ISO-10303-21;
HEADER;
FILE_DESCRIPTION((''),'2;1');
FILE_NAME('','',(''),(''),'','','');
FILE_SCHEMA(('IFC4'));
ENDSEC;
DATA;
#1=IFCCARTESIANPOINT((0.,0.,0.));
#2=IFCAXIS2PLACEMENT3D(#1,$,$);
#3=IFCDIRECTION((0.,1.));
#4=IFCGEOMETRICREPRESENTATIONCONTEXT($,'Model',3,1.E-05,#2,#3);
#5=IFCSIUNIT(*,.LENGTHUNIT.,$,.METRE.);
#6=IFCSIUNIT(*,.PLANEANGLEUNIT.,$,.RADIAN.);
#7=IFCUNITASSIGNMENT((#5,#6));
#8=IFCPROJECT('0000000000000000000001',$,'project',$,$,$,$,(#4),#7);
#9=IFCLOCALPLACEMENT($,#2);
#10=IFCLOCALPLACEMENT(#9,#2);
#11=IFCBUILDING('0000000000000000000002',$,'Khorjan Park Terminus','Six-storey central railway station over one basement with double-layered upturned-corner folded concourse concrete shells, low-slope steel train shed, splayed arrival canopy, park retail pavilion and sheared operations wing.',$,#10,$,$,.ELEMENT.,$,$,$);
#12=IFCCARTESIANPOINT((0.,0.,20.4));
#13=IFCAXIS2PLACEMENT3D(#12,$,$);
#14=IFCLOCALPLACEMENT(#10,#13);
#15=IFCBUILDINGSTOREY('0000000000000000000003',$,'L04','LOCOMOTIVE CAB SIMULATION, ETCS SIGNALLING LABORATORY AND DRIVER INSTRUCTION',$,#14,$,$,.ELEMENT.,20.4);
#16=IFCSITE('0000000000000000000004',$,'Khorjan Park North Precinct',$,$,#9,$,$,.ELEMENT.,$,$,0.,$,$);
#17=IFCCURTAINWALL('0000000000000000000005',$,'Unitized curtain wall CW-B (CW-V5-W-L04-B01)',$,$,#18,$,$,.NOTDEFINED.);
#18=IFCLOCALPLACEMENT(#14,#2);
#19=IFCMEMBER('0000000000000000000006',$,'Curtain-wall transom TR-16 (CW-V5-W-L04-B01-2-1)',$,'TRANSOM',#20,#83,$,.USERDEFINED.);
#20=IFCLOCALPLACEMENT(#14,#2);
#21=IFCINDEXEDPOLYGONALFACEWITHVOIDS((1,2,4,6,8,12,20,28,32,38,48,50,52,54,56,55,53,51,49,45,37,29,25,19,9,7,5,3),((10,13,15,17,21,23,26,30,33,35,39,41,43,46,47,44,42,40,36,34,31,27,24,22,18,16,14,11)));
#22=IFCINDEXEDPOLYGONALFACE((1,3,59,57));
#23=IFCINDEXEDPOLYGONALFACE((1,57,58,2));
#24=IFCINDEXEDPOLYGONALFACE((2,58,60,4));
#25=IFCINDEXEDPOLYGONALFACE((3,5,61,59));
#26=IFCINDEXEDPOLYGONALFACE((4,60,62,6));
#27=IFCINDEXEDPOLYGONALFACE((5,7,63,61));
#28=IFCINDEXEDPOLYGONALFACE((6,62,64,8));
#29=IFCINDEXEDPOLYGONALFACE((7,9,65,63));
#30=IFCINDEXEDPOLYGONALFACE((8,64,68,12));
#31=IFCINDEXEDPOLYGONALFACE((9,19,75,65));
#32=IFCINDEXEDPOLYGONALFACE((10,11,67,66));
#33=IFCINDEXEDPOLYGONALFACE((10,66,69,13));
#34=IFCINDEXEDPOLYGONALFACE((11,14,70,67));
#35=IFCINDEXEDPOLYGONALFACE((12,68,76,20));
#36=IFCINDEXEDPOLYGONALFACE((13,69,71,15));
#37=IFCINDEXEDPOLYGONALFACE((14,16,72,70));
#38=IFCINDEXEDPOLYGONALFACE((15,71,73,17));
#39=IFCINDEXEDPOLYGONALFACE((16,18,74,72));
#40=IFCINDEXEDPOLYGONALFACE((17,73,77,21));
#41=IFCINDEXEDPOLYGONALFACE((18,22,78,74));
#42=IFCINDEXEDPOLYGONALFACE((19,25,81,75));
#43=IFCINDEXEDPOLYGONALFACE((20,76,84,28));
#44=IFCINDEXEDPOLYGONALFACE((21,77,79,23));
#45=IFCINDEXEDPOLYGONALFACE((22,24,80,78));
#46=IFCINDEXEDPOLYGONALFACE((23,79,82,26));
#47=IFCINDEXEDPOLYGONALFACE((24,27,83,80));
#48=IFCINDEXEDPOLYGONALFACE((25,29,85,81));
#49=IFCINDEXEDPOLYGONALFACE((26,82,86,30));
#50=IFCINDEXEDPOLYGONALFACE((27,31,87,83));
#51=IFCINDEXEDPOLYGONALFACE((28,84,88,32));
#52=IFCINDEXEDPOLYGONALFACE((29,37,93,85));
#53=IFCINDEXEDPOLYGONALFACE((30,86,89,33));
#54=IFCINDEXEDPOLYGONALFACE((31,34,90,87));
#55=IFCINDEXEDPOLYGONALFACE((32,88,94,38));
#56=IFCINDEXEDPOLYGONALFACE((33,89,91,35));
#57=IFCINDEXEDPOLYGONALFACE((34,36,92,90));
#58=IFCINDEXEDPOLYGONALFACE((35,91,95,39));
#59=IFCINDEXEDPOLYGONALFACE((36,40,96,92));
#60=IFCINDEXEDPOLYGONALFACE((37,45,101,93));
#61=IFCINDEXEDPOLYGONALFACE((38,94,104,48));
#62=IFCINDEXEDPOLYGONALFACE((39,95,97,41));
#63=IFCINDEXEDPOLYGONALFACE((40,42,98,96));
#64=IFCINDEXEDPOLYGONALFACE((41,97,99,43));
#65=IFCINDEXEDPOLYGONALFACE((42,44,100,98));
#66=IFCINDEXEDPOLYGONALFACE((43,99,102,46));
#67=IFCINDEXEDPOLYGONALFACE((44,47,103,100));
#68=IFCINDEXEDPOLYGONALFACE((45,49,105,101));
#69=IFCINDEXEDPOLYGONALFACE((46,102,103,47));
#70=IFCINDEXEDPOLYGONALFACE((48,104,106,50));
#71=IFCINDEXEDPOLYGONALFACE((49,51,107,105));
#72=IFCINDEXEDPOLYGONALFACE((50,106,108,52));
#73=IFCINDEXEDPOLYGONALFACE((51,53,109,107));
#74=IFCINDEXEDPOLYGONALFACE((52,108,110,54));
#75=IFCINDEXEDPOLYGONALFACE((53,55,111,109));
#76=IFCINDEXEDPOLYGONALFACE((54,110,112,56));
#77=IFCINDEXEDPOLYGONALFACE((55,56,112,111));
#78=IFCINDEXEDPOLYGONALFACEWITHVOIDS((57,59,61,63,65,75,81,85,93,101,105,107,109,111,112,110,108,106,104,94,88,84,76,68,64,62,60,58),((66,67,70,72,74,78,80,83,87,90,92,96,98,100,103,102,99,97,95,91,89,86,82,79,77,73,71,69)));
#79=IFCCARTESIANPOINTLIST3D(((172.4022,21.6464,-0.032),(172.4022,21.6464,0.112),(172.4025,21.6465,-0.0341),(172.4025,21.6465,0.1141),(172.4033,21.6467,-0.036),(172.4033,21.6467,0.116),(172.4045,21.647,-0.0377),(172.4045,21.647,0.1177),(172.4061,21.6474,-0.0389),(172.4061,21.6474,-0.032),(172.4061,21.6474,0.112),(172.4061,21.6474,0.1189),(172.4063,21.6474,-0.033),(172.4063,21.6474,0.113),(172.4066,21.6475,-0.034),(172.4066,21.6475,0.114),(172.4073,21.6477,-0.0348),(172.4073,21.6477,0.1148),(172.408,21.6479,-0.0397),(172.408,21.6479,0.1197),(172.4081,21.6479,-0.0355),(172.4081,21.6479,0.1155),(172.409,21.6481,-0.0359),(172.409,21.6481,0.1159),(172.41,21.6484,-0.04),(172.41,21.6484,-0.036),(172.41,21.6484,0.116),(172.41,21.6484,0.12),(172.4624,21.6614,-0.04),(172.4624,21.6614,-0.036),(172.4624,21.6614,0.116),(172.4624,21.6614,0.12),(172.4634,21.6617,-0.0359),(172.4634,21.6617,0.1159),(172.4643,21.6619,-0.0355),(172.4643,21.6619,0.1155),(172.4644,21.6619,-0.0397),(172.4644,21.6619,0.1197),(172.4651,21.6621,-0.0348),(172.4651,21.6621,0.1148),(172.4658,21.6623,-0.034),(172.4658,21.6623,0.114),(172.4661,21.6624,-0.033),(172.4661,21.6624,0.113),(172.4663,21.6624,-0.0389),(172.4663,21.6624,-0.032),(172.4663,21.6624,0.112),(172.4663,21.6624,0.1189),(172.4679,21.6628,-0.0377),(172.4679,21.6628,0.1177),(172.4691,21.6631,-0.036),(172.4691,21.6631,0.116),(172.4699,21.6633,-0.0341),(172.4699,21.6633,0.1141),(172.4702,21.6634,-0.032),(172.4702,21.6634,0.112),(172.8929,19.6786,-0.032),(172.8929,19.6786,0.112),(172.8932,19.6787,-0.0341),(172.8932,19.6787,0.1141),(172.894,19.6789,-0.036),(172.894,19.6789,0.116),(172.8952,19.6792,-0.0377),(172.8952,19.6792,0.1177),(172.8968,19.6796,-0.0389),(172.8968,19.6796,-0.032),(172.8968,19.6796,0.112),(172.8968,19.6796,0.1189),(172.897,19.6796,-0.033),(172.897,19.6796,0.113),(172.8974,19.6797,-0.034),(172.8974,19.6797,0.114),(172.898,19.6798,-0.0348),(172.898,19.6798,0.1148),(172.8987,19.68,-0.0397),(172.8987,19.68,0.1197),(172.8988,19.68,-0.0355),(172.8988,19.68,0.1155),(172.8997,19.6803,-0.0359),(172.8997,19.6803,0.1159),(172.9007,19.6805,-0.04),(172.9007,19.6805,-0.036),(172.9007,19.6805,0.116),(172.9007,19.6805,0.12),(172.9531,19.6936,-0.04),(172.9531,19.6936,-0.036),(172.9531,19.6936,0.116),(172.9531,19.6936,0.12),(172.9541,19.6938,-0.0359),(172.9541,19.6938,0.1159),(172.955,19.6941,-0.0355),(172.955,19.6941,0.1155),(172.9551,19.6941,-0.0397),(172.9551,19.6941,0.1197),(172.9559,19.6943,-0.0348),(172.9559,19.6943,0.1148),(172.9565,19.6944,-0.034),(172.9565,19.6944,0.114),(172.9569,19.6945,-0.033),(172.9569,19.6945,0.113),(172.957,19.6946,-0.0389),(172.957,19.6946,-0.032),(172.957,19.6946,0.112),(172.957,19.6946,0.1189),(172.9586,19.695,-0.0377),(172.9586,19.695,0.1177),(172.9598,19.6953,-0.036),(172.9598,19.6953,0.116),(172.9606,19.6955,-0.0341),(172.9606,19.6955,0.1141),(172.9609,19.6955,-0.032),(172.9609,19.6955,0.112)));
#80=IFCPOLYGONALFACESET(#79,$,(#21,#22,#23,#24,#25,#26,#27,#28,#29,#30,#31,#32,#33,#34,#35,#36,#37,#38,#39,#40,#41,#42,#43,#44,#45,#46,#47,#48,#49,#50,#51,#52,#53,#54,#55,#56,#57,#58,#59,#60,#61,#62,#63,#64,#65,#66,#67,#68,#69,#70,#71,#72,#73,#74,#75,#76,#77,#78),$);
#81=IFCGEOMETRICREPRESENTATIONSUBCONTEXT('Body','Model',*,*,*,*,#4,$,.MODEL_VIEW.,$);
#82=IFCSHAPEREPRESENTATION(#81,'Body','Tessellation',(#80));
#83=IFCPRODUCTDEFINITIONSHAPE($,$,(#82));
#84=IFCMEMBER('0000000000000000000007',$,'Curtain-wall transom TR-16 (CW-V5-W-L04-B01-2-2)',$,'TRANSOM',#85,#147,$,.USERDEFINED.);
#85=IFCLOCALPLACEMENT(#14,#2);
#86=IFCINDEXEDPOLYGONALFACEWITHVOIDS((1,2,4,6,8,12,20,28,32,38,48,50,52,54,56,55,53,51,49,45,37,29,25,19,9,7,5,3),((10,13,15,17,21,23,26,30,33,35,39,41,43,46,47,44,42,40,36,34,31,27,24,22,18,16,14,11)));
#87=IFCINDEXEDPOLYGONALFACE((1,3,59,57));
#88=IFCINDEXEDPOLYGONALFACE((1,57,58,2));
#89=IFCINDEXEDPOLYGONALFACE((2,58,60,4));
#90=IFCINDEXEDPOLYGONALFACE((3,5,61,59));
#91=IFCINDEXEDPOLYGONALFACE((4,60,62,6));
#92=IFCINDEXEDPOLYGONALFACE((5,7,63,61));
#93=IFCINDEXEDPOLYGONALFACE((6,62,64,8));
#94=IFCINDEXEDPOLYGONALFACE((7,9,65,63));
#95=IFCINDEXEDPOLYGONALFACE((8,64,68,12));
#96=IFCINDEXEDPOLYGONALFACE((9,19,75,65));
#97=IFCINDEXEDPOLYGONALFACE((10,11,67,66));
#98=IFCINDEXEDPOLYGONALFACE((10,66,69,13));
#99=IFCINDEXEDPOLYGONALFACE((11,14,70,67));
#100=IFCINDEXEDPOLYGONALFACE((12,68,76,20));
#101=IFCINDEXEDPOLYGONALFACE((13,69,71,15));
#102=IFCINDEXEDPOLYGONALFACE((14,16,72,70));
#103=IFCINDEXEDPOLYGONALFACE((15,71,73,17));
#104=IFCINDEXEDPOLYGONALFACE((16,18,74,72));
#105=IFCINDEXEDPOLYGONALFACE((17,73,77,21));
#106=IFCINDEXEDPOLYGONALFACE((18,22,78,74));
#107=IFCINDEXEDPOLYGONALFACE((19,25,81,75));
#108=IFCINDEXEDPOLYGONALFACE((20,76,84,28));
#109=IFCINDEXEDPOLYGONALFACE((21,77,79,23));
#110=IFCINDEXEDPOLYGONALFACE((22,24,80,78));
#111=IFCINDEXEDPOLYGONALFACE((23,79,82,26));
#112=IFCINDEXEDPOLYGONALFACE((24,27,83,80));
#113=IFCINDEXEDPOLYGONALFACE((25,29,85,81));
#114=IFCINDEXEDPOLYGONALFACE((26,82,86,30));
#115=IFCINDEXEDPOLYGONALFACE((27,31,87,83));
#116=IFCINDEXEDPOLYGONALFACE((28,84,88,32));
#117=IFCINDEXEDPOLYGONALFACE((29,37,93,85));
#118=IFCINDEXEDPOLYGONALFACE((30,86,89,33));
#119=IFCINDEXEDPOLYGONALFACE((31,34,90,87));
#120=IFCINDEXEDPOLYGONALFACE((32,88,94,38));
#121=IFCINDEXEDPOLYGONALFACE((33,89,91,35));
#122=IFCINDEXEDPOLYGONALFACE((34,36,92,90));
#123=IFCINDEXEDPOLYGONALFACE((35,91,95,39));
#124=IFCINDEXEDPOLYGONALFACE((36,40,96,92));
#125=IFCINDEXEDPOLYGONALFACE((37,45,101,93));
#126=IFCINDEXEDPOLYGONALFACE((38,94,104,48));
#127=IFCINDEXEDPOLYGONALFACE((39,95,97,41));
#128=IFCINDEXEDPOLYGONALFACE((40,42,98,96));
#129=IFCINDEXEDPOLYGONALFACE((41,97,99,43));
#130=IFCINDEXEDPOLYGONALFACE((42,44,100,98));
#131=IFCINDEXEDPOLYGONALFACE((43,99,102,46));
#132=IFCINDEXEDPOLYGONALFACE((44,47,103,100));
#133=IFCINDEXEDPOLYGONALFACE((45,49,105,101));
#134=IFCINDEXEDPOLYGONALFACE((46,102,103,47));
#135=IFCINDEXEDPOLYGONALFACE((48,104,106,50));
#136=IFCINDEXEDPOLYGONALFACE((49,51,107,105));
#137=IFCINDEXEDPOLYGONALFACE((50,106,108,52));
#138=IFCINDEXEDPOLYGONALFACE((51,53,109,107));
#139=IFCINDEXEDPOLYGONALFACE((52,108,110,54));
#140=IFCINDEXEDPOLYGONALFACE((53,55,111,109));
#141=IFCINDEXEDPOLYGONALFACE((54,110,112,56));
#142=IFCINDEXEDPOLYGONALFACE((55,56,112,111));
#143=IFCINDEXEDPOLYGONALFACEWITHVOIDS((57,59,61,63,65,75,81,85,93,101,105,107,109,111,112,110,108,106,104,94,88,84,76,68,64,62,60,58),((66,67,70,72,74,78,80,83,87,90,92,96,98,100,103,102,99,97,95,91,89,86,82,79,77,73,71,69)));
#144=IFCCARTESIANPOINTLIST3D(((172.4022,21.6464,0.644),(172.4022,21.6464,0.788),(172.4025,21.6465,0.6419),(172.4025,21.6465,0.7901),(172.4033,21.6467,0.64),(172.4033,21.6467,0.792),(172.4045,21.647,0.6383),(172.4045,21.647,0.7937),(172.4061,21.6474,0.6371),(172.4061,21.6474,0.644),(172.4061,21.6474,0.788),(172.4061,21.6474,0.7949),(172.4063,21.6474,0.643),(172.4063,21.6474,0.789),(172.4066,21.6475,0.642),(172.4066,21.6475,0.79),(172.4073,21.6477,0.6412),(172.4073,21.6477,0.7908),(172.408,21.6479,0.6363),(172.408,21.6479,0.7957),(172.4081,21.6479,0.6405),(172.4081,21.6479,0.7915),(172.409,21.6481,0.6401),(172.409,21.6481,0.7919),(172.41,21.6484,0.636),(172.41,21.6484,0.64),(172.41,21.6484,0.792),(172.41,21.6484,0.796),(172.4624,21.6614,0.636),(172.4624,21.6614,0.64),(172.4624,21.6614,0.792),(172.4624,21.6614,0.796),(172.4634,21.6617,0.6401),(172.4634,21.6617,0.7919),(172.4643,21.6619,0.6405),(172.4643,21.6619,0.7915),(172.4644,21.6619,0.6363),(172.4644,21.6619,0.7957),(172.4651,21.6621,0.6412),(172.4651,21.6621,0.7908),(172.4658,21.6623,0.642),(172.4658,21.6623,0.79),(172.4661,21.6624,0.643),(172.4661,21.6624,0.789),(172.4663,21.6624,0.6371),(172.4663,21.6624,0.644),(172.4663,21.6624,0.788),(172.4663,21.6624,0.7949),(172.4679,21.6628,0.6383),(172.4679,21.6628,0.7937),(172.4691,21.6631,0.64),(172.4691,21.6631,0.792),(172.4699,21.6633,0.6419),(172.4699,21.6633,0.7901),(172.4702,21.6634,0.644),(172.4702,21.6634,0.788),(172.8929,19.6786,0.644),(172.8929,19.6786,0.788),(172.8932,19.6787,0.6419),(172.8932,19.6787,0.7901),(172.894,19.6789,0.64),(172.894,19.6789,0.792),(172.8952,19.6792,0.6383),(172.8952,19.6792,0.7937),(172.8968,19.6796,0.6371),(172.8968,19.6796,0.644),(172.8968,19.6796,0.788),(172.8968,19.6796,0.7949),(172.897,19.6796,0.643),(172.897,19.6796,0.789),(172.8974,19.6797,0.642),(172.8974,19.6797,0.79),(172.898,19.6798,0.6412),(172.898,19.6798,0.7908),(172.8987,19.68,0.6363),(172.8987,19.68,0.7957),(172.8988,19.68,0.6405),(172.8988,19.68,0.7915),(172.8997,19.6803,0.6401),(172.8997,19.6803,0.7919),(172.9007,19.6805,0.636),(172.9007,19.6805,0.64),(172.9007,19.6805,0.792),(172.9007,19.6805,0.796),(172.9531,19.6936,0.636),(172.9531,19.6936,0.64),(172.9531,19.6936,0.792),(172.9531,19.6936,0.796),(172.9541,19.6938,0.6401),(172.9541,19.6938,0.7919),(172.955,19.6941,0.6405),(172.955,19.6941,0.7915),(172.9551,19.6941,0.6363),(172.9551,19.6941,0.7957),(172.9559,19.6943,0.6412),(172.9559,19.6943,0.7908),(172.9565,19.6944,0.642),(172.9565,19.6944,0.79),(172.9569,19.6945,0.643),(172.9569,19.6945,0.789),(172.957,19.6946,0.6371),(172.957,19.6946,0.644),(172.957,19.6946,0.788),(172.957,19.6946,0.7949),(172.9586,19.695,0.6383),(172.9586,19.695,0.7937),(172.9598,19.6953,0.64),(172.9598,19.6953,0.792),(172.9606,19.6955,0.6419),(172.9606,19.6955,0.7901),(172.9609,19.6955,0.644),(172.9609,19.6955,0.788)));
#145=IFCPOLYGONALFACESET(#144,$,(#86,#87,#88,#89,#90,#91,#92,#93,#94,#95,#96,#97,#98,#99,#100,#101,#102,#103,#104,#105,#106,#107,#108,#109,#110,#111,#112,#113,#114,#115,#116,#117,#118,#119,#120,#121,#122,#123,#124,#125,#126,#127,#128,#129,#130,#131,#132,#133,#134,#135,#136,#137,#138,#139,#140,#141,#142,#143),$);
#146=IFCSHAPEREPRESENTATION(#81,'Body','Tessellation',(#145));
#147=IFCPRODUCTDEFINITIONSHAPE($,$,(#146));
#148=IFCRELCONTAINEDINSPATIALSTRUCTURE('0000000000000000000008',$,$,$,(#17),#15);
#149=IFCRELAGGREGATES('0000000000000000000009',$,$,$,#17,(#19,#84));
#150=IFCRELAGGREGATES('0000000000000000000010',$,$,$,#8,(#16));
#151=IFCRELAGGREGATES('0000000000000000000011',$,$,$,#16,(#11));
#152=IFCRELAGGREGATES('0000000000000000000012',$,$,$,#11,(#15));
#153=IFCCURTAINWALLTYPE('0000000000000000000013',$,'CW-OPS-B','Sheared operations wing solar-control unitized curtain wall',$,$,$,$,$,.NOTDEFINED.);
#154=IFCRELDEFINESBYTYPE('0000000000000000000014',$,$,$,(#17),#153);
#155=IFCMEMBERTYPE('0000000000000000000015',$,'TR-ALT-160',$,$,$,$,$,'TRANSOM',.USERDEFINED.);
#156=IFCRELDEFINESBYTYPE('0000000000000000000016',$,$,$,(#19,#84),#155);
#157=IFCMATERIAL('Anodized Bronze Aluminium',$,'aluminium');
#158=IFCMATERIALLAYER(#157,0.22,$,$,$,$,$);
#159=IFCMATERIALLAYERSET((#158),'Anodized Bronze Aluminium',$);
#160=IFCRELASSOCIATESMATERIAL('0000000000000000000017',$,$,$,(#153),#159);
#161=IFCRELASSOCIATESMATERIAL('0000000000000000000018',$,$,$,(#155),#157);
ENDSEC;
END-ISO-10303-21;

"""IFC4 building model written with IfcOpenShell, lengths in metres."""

from ifc_helpers import new_model, si_unit, direction, frame, origin, origin_2d, place, context, subcontext, project, spatial, hollow_rectangle, extrude, material, layer, layer_set, material_profile, profile_set, type_object, element, aggregate, save


model = new_model("IFC4")

# Units and contexts
model_context = context("Model", 3, precision=1e-05, world=origin(), true_north=direction((0.0, 1.0)))
body_context = subcontext(model_context, "Body", "Model", "MODEL_VIEW")
ifc_project = project(units=[si_unit("LENGTHUNIT", "METRE"), si_unit("PLANEANGLEUNIT", "RADIAN")], contexts=[model_context])

# Site, building, storey
site_placement = place(None, origin())
site = spatial("IfcSite", under=ifc_project, at=site_placement, Name="Khorjan Park North Precinct", CompositionType="ELEMENT", RefElevation=0.0)
building_placement = place(site_placement, origin())
building = spatial("IfcBuilding", under=site, at=building_placement, Name="Khorjan Park Terminus", Description="Six-storey central railway station over one basement with double-layered upturned-corner folded concourse concrete shells, low-slope steel train shed, splayed arrival canopy, park retail pavilion and sheared operations wing.", CompositionType="ELEMENT")
storey_placement = place(building_placement, frame((0.0, 0.0, 20.4)))
storey = spatial("IfcBuildingStorey", under=building, at=storey_placement, Name="L04", Description="LOCOMOTIVE CAB SIMULATION, ETCS SIGNALLING LABORATORY AND DRIVER INSTRUCTION", CompositionType="ELEMENT", Elevation=20.4)

# Shared definitions
ifc_material_1 = material(Name="Anodized Bronze Aluminium", Category="aluminium")
ifc_layer_1 = layer(ifc_material_1, 0.22)
ifc_layer_set_1 = layer_set([ifc_layer_1], Name="Anodized Bronze Aluminium")
curtain_wall_type = type_object("IfcCurtainWallType", Name="CW-OPS-B", Description="Sheared operations wing solar-control unitized curtain wall", PredefinedType="NOTDEFINED", material=ifc_layer_set_1)

# Curtain wall, members
curtain_wall_1_placement = place(storey_placement, origin())
curtain_wall_1 = element("IfcCurtainWall", 1, at=curtain_wall_1_placement, inside=storey, type_object=curtain_wall_type, Name="Unitized curtain wall CW-B (CW-V5-W-L04-B01)", PredefinedType="NOTDEFINED")
ifc_material_profile_1 = material_profile(ifc_material_1, hollow_rectangle(XDim=0.07, YDim=0.16, WallThickness=0.004, InnerFilletRadius=0.004, OuterFilletRadius=0.008, at=origin_2d()), Name="ALT 70x160x4")
ifc_profile_set_1 = profile_set([ifc_material_profile_1], Name="Anodized Bronze Aluminium")
member_type_1 = type_object("IfcMemberType", Name="TR-ALT-160", ElementType="TRANSOM", PredefinedType="USERDEFINED", material=ifc_profile_set_1)
member_1_placement = place(storey_placement, frame((172.4362, 21.6549, 0.04), z_axis=(0.241955, -0.970287, 0.0), x_axis=(0.970287, 0.241955, 0.0)))
member_1 = element("IfcMember", 2, at=member_1_placement, type_object=member_type_1, Name="Curtain-wall transom TR-16 (CW-V5-W-L04-B01-2-1)", ObjectType="TRANSOM", PredefinedType="USERDEFINED", context=body_context, shape_type="SweptSolid", body=[
    extrude(hollow_rectangle(XDim=0.07, YDim=0.16, WallThickness=0.004, InnerFilletRadius=0.004, OuterFilletRadius=0.008, at=origin_2d()), origin(), (0.0, 0.0, 1.0), 2.0281),
])
member_2_placement = place(storey_placement, frame((172.4362, 21.6549, 0.716), z_axis=(0.241955, -0.970287, 0.0), x_axis=(0.970287, 0.241955, 0.0)))
member_2 = element("IfcMember", 3, at=member_2_placement, type_object=member_type_1, Name="Curtain-wall transom TR-16 (CW-V5-W-L04-B01-2-2)", ObjectType="TRANSOM", PredefinedType="USERDEFINED", context=body_context, shape_type="SweptSolid", body=[
    extrude(hollow_rectangle(XDim=0.07, YDim=0.16, WallThickness=0.004, InnerFilletRadius=0.004, OuterFilletRadius=0.008, at=origin_2d()), origin(), (0.0, 0.0, 1.0), 2.0281),
])

aggregate(curtain_wall_1, [member_1, member_2])

save(model, "model.ifc")
